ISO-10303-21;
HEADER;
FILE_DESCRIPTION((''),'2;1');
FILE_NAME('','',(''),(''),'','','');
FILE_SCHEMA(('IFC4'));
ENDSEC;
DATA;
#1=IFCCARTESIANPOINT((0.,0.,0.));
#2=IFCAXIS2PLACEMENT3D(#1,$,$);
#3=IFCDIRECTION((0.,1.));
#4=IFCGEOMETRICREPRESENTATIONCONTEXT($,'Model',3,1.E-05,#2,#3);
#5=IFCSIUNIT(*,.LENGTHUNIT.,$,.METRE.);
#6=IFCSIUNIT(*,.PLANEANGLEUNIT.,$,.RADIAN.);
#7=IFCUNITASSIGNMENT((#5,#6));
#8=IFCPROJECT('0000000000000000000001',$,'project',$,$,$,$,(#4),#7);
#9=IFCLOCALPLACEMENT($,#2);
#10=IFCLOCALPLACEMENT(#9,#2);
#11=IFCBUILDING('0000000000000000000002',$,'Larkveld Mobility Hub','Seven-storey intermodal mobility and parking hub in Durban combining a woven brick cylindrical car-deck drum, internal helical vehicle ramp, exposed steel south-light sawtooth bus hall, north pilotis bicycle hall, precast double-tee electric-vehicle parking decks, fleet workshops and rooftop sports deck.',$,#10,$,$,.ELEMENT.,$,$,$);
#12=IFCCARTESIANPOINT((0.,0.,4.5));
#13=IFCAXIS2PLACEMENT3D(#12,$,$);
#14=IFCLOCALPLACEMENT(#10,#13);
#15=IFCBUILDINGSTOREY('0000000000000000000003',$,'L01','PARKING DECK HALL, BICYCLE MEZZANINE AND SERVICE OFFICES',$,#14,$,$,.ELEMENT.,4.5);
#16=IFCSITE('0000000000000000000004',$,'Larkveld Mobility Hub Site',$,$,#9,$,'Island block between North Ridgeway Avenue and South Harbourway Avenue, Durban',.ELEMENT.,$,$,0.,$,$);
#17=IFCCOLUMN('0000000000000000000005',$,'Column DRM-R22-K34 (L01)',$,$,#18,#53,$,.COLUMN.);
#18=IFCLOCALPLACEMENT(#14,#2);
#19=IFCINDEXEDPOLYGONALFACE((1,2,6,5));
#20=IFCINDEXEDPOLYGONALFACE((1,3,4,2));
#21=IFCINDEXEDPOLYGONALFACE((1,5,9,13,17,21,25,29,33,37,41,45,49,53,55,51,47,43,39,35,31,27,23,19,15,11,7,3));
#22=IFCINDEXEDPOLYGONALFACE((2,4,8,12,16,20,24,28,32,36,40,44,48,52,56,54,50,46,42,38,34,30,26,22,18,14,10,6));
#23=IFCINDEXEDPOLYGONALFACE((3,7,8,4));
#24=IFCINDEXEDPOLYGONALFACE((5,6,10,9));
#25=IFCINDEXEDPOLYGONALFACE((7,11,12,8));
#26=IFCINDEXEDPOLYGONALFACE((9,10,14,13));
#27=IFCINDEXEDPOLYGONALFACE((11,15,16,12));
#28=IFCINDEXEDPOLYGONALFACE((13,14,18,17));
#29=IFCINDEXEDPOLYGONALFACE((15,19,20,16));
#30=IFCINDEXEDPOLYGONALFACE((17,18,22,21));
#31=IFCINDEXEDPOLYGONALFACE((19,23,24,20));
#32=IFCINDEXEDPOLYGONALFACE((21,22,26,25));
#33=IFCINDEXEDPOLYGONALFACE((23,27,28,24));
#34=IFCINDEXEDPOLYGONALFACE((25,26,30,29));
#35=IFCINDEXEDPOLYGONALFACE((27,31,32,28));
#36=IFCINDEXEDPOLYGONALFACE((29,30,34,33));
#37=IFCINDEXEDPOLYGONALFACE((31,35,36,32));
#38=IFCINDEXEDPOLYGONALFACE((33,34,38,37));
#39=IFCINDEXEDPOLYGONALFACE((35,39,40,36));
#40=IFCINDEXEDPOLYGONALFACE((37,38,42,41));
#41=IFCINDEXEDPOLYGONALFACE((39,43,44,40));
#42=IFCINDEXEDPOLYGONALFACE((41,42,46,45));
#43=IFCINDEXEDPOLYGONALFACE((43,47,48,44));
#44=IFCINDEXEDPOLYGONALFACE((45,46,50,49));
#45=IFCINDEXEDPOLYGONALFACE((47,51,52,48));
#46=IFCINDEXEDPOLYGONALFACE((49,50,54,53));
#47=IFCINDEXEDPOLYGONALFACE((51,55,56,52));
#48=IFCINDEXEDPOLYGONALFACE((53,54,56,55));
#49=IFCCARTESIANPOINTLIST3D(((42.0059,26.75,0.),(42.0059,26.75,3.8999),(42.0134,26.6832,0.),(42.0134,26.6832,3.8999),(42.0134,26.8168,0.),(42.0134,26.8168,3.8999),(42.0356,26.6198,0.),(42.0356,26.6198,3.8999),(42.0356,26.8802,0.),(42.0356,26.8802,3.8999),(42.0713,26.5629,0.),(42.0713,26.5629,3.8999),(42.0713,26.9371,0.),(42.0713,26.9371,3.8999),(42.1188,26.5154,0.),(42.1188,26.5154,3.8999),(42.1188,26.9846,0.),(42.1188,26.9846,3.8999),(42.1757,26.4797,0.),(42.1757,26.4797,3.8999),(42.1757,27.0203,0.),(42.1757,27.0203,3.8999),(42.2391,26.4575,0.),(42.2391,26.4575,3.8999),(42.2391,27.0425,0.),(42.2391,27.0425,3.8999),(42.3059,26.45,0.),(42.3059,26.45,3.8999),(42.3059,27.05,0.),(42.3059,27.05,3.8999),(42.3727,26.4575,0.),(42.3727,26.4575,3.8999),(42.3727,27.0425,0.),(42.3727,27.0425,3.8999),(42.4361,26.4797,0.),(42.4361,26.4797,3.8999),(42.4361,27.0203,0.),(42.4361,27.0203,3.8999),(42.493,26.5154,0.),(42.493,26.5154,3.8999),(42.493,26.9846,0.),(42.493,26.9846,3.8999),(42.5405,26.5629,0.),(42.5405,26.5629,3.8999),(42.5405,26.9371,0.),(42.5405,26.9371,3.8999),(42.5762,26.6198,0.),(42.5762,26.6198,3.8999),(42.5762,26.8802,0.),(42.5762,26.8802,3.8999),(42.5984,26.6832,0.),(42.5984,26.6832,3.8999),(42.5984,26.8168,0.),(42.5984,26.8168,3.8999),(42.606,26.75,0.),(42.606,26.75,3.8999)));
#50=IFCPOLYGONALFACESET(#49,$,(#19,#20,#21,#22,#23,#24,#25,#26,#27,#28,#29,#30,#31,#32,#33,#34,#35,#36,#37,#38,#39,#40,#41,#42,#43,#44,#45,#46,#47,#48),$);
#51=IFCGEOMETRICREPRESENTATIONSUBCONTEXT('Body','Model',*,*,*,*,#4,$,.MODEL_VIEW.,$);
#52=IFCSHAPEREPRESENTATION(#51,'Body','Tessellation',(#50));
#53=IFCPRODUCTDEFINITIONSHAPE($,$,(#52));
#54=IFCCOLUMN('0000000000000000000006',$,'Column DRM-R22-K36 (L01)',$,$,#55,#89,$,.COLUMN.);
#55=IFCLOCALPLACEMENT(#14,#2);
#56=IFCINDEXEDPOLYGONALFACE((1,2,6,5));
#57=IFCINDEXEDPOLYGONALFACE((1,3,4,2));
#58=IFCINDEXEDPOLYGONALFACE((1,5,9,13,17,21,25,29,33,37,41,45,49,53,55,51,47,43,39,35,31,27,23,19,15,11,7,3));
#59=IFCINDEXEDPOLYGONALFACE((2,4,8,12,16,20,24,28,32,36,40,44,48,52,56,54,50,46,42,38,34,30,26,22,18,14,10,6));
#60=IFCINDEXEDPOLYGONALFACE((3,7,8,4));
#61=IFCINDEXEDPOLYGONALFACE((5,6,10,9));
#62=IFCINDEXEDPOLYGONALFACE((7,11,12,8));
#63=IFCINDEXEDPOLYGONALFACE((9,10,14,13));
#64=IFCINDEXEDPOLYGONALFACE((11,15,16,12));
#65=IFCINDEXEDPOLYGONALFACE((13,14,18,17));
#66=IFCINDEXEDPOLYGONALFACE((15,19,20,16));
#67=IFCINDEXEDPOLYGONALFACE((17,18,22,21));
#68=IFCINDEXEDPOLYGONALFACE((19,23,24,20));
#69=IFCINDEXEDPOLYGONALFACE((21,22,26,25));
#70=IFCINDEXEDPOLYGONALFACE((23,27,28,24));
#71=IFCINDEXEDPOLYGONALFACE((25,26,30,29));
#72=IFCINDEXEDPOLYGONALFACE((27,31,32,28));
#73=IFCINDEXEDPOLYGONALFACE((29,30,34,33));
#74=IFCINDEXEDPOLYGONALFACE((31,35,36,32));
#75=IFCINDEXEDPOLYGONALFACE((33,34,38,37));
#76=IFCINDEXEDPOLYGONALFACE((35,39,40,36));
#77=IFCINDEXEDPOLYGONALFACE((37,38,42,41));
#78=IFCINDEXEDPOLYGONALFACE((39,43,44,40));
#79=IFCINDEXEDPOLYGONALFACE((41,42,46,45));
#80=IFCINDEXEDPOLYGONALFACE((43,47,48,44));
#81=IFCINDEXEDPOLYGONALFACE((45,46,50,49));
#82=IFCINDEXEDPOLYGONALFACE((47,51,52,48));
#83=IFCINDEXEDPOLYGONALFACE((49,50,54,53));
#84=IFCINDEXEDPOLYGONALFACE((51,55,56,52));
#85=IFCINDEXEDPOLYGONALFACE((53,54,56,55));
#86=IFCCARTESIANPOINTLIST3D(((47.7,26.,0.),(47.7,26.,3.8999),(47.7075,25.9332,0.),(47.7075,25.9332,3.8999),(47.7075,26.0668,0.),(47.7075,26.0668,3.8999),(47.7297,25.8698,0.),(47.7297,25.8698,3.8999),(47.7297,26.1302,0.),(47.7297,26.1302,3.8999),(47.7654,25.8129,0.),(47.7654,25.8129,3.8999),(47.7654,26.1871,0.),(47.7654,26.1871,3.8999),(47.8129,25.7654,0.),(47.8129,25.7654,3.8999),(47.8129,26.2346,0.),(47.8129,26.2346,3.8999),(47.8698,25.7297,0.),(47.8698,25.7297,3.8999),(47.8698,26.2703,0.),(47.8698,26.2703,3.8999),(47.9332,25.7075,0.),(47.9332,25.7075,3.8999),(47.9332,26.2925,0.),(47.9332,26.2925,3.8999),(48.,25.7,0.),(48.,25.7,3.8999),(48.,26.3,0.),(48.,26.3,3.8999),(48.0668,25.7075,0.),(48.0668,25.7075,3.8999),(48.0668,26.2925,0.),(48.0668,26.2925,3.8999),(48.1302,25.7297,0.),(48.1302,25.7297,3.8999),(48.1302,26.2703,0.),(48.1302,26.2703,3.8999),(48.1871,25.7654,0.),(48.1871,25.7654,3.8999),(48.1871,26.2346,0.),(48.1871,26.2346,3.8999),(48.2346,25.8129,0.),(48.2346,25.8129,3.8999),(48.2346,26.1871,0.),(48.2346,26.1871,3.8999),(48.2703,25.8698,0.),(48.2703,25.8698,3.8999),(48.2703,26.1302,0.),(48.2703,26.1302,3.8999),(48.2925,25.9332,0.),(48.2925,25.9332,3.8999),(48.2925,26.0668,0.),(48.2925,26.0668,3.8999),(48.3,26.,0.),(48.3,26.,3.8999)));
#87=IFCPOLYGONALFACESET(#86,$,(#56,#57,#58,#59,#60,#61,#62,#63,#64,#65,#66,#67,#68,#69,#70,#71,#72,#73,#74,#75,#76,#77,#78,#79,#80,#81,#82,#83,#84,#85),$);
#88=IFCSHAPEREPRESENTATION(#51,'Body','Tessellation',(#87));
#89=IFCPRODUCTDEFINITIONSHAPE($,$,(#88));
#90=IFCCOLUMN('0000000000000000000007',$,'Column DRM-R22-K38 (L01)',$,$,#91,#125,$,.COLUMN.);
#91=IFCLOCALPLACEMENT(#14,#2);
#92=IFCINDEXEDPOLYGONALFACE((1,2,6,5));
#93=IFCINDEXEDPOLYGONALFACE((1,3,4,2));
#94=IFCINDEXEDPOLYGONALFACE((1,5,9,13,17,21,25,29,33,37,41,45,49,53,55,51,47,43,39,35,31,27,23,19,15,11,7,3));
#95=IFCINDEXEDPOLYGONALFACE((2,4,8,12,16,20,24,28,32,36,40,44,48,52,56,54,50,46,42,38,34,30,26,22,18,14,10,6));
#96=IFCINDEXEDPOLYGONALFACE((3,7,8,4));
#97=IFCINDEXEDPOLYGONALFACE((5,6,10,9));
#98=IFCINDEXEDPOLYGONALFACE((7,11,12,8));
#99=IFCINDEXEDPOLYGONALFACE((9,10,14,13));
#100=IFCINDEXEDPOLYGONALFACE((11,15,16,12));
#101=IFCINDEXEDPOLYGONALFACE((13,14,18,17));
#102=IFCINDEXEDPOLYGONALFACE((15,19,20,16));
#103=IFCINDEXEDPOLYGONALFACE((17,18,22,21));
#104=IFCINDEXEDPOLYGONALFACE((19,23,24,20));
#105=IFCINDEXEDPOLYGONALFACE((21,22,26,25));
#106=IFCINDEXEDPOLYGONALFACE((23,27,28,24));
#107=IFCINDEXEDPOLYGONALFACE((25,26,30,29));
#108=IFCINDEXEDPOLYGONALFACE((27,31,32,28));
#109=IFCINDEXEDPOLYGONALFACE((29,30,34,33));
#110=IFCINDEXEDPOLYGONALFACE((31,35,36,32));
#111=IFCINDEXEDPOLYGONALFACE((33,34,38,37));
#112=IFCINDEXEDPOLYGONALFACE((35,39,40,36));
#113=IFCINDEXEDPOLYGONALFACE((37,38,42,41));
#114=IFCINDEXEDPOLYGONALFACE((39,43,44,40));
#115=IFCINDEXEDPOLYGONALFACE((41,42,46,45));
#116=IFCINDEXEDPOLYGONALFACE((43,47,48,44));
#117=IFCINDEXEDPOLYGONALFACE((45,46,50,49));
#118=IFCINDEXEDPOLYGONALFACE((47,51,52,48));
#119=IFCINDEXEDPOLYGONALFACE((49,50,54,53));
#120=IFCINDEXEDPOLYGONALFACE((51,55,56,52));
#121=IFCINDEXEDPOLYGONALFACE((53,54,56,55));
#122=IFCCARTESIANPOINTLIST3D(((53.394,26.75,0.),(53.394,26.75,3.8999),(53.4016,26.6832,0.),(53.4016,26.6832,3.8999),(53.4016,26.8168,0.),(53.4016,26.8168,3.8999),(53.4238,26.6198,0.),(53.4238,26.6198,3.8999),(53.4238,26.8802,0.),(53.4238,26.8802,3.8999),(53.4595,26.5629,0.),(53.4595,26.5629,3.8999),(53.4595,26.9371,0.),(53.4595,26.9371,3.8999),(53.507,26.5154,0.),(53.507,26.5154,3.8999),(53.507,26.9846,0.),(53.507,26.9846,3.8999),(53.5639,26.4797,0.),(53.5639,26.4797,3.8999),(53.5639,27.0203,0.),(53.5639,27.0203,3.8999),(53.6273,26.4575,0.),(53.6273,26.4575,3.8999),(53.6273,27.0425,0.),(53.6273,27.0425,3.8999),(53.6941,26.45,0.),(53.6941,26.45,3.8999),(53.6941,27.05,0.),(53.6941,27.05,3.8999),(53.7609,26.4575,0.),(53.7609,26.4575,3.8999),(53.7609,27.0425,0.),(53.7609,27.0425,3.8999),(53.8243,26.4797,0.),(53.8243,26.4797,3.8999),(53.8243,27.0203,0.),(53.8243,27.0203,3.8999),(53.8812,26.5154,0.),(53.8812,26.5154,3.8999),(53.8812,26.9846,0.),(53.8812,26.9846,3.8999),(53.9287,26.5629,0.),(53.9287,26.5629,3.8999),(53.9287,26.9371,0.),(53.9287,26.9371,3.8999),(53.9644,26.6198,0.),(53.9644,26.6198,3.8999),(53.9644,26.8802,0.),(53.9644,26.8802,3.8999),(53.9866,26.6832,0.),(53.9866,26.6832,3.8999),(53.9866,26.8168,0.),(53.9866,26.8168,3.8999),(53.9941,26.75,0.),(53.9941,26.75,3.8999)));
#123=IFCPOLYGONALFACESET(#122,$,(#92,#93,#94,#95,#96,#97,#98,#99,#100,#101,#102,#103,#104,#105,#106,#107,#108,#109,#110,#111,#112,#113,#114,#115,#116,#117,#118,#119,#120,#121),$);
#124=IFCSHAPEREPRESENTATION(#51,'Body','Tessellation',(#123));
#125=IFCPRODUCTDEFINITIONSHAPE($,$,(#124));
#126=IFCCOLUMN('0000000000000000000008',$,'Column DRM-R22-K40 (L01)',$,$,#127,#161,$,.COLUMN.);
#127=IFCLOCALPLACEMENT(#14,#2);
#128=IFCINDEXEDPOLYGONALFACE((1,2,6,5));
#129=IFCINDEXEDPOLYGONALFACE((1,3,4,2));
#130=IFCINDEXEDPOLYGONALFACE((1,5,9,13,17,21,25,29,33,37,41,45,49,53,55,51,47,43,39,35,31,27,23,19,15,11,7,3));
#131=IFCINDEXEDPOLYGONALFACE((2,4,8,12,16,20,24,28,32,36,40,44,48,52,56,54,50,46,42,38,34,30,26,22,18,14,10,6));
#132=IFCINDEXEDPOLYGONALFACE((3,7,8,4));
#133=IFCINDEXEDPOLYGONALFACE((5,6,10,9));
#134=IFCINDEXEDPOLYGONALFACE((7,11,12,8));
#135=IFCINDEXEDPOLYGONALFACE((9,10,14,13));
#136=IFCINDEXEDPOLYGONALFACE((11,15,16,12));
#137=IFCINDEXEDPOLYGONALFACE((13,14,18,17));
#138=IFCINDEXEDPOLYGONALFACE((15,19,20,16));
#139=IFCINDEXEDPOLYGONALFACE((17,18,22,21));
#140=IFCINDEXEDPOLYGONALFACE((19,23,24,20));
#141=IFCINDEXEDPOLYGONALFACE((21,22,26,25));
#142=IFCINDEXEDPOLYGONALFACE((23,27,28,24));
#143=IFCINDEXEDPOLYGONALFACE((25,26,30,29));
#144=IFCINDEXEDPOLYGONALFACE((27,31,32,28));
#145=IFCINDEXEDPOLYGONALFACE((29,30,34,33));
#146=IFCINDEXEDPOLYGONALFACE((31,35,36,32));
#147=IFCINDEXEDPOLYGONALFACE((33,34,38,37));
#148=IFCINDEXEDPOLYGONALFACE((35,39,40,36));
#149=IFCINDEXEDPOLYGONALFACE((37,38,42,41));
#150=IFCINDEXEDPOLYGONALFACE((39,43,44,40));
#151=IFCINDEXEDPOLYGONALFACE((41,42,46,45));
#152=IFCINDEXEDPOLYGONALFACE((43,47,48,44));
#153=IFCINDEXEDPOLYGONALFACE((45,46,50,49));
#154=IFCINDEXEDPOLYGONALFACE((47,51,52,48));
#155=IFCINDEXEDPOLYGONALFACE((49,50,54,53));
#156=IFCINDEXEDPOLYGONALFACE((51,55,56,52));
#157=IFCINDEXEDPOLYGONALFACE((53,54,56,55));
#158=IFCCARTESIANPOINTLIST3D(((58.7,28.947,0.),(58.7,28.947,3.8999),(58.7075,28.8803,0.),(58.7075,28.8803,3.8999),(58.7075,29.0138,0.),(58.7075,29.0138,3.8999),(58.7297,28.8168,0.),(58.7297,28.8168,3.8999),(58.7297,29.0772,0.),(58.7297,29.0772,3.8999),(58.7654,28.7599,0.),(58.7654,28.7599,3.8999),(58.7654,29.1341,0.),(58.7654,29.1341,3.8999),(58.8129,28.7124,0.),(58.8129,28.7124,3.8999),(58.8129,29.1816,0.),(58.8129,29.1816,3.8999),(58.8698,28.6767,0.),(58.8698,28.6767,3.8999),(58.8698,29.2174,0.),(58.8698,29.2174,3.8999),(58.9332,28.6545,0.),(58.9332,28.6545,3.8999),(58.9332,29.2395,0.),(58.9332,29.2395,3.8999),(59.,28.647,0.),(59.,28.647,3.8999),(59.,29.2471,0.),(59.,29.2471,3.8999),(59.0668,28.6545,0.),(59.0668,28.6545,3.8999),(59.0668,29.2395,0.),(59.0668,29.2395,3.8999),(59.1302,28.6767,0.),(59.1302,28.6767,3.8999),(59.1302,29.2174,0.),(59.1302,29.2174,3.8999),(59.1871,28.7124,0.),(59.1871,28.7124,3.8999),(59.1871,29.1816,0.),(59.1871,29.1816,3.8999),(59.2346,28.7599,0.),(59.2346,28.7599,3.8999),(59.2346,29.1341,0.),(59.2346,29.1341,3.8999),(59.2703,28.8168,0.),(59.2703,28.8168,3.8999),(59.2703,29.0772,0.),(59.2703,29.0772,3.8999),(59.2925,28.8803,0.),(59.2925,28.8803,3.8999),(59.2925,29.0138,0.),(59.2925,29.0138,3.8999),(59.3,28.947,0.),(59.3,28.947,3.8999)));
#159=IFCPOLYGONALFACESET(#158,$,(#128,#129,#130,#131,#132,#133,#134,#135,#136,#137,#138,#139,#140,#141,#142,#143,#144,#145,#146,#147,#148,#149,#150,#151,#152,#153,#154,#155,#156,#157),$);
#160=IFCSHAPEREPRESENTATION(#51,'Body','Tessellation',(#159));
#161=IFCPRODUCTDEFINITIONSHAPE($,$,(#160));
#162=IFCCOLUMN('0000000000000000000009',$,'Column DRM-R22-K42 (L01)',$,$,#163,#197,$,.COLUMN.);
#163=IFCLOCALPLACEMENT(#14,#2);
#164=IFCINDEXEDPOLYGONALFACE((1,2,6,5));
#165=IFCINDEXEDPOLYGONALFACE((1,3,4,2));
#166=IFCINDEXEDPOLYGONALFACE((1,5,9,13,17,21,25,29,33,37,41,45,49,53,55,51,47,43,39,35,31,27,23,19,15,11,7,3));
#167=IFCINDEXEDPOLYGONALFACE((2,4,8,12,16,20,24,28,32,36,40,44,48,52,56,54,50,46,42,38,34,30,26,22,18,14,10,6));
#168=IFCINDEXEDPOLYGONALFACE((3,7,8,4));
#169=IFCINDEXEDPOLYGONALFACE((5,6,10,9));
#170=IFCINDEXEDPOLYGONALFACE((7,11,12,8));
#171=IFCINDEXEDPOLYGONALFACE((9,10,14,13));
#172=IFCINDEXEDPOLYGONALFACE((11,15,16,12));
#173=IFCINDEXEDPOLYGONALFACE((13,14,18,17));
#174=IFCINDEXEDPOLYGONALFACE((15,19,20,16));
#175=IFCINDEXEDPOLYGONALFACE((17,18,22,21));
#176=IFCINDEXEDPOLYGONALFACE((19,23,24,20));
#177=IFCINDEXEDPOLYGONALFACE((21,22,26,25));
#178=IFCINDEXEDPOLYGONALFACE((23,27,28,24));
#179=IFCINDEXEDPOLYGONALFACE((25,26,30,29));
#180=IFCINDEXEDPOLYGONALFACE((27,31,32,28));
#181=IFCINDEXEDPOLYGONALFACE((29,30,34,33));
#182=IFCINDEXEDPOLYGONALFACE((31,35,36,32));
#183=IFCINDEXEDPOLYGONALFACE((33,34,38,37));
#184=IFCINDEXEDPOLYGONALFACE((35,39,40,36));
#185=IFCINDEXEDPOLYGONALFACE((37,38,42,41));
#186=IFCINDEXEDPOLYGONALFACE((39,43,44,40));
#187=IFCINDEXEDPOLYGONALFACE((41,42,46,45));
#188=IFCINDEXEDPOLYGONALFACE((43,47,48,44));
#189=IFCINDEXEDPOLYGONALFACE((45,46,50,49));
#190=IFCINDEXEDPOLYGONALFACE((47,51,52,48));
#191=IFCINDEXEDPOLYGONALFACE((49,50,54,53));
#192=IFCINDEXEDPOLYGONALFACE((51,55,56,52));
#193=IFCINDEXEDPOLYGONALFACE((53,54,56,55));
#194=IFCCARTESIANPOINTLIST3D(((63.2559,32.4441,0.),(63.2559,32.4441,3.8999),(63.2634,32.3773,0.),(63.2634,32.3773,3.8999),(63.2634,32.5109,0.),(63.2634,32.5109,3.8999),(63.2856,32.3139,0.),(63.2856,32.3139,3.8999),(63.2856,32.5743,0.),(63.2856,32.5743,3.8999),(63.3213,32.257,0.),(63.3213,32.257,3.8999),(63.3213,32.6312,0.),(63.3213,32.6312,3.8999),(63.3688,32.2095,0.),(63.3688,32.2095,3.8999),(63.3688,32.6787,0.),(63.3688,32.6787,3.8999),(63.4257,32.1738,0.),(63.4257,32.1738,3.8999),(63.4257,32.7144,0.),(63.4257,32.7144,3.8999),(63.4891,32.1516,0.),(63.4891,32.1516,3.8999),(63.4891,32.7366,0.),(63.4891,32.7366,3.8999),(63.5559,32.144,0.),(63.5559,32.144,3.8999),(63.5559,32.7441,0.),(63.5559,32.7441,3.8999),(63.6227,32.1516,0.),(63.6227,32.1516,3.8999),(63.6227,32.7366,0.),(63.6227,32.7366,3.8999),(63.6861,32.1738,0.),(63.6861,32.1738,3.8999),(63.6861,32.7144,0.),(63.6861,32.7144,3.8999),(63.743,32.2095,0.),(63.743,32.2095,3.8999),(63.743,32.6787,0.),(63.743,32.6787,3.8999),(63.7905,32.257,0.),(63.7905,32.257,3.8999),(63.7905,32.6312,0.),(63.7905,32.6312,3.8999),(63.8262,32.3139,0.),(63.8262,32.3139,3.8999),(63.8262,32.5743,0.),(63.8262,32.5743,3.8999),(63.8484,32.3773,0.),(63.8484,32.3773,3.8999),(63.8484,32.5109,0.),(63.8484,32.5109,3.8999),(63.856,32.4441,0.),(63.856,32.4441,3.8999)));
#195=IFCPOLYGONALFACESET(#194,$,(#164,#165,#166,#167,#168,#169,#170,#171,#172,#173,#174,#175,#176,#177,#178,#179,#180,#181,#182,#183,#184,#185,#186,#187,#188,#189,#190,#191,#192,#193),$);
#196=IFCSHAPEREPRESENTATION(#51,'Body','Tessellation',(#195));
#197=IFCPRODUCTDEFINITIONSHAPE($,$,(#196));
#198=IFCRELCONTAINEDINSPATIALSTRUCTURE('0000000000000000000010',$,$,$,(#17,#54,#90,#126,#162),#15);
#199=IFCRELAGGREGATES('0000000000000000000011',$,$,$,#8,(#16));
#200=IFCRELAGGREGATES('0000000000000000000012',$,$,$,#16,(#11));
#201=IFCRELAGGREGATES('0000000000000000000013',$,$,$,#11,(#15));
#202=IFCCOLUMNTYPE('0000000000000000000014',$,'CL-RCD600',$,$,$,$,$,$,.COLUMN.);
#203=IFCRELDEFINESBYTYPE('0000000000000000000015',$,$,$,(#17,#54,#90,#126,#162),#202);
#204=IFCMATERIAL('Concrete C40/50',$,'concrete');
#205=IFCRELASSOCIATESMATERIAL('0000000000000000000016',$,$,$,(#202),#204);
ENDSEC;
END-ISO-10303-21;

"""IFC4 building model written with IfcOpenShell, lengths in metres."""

from ifc_helpers import new_model, si_unit, direction, frame, origin, origin_2d, place, context, subcontext, project, spatial, circle, extrude, material, material_profile, profile_set, type_object, element, save


model = new_model("IFC4")

# Units and contexts
model_context = context("Model", 3, precision=1e-05, world=origin(), true_north=direction((0.0, 1.0)))
body_context = subcontext(model_context, "Body", "Model", "MODEL_VIEW")
ifc_project = project(units=[si_unit("LENGTHUNIT", "METRE"), si_unit("PLANEANGLEUNIT", "RADIAN")], contexts=[model_context])

# Site, building, storey
site_placement = place(None, origin())
site = spatial("IfcSite", under=ifc_project, at=site_placement, Name="Larkveld Mobility Hub Site", LongName="Island block between North Ridgeway Avenue and South Harbourway Avenue, Durban", CompositionType="ELEMENT", RefElevation=0.0)
building_placement = place(site_placement, origin())
building = spatial("IfcBuilding", under=site, at=building_placement, Name="Larkveld Mobility Hub", Description="Seven-storey intermodal mobility and parking hub in Durban combining a woven brick cylindrical car-deck drum, internal helical vehicle ramp, exposed steel south-light sawtooth bus hall, north pilotis bicycle hall, precast double-tee electric-vehicle parking decks, fleet workshops and rooftop sports deck.", CompositionType="ELEMENT")
storey_placement = place(building_placement, frame((0.0, 0.0, 4.5)))
storey = spatial("IfcBuildingStorey", under=building, at=storey_placement, Name="L01", Description="PARKING DECK HALL, BICYCLE MEZZANINE AND SERVICE OFFICES", CompositionType="ELEMENT", Elevation=4.5)

# Columns
ifc_material_1 = material(Name="Concrete C40/50", Category="concrete")
ifc_material_profile_1 = material_profile(ifc_material_1, circle(Radius=0.3, at=origin_2d()), Name="RC COL D600")
ifc_profile_set_1 = profile_set([ifc_material_profile_1], Name="Concrete C40/50")
column_type_1 = type_object("IfcColumnType", Name="CL-RCD600", PredefinedType="COLUMN", material=ifc_profile_set_1)
for number, where, z_axis, x_axis, name in (
    (1, (42.3059, 26.75, 0.0), (0.0, 0.0, 1.0), (1.0, 0.0, 0.0), "Column DRM-R22-K34 (L01)"),
    (2, (48.0, 26.0, 0.0), (0.0, 0.0, 1.0), (1.0, 0.0, 0.0), "Column DRM-R22-K36 (L01)"),
    (3, (53.6941, 26.75, 0.0), (0.0, 0.0, 1.0), (1.0, 0.0, 0.0), "Column DRM-R22-K38 (L01)"),
    (4, (59.0, 28.947, 0.0), (0.0, 0.0, 1.0), (1.0, 0.0, 0.0), "Column DRM-R22-K40 (L01)"),
    (5, (63.5559, 32.4441, 0.0), (0.0, 0.0, 1.0), (1.0, 0.0, 0.0), "Column DRM-R22-K42 (L01)"),
):
    element("IfcColumn", number, at=place(storey_placement, frame(where, z_axis=z_axis, x_axis=x_axis)), inside=storey, type_object=column_type_1, Name=name, PredefinedType="COLUMN", context=body_context, shape_type="SweptSolid", body=[
        extrude(circle(Radius=0.3, at=origin_2d()), origin(), (0.0, 0.0, 1.0), 3.8999),
    ])

save(model, "model.ifc")
